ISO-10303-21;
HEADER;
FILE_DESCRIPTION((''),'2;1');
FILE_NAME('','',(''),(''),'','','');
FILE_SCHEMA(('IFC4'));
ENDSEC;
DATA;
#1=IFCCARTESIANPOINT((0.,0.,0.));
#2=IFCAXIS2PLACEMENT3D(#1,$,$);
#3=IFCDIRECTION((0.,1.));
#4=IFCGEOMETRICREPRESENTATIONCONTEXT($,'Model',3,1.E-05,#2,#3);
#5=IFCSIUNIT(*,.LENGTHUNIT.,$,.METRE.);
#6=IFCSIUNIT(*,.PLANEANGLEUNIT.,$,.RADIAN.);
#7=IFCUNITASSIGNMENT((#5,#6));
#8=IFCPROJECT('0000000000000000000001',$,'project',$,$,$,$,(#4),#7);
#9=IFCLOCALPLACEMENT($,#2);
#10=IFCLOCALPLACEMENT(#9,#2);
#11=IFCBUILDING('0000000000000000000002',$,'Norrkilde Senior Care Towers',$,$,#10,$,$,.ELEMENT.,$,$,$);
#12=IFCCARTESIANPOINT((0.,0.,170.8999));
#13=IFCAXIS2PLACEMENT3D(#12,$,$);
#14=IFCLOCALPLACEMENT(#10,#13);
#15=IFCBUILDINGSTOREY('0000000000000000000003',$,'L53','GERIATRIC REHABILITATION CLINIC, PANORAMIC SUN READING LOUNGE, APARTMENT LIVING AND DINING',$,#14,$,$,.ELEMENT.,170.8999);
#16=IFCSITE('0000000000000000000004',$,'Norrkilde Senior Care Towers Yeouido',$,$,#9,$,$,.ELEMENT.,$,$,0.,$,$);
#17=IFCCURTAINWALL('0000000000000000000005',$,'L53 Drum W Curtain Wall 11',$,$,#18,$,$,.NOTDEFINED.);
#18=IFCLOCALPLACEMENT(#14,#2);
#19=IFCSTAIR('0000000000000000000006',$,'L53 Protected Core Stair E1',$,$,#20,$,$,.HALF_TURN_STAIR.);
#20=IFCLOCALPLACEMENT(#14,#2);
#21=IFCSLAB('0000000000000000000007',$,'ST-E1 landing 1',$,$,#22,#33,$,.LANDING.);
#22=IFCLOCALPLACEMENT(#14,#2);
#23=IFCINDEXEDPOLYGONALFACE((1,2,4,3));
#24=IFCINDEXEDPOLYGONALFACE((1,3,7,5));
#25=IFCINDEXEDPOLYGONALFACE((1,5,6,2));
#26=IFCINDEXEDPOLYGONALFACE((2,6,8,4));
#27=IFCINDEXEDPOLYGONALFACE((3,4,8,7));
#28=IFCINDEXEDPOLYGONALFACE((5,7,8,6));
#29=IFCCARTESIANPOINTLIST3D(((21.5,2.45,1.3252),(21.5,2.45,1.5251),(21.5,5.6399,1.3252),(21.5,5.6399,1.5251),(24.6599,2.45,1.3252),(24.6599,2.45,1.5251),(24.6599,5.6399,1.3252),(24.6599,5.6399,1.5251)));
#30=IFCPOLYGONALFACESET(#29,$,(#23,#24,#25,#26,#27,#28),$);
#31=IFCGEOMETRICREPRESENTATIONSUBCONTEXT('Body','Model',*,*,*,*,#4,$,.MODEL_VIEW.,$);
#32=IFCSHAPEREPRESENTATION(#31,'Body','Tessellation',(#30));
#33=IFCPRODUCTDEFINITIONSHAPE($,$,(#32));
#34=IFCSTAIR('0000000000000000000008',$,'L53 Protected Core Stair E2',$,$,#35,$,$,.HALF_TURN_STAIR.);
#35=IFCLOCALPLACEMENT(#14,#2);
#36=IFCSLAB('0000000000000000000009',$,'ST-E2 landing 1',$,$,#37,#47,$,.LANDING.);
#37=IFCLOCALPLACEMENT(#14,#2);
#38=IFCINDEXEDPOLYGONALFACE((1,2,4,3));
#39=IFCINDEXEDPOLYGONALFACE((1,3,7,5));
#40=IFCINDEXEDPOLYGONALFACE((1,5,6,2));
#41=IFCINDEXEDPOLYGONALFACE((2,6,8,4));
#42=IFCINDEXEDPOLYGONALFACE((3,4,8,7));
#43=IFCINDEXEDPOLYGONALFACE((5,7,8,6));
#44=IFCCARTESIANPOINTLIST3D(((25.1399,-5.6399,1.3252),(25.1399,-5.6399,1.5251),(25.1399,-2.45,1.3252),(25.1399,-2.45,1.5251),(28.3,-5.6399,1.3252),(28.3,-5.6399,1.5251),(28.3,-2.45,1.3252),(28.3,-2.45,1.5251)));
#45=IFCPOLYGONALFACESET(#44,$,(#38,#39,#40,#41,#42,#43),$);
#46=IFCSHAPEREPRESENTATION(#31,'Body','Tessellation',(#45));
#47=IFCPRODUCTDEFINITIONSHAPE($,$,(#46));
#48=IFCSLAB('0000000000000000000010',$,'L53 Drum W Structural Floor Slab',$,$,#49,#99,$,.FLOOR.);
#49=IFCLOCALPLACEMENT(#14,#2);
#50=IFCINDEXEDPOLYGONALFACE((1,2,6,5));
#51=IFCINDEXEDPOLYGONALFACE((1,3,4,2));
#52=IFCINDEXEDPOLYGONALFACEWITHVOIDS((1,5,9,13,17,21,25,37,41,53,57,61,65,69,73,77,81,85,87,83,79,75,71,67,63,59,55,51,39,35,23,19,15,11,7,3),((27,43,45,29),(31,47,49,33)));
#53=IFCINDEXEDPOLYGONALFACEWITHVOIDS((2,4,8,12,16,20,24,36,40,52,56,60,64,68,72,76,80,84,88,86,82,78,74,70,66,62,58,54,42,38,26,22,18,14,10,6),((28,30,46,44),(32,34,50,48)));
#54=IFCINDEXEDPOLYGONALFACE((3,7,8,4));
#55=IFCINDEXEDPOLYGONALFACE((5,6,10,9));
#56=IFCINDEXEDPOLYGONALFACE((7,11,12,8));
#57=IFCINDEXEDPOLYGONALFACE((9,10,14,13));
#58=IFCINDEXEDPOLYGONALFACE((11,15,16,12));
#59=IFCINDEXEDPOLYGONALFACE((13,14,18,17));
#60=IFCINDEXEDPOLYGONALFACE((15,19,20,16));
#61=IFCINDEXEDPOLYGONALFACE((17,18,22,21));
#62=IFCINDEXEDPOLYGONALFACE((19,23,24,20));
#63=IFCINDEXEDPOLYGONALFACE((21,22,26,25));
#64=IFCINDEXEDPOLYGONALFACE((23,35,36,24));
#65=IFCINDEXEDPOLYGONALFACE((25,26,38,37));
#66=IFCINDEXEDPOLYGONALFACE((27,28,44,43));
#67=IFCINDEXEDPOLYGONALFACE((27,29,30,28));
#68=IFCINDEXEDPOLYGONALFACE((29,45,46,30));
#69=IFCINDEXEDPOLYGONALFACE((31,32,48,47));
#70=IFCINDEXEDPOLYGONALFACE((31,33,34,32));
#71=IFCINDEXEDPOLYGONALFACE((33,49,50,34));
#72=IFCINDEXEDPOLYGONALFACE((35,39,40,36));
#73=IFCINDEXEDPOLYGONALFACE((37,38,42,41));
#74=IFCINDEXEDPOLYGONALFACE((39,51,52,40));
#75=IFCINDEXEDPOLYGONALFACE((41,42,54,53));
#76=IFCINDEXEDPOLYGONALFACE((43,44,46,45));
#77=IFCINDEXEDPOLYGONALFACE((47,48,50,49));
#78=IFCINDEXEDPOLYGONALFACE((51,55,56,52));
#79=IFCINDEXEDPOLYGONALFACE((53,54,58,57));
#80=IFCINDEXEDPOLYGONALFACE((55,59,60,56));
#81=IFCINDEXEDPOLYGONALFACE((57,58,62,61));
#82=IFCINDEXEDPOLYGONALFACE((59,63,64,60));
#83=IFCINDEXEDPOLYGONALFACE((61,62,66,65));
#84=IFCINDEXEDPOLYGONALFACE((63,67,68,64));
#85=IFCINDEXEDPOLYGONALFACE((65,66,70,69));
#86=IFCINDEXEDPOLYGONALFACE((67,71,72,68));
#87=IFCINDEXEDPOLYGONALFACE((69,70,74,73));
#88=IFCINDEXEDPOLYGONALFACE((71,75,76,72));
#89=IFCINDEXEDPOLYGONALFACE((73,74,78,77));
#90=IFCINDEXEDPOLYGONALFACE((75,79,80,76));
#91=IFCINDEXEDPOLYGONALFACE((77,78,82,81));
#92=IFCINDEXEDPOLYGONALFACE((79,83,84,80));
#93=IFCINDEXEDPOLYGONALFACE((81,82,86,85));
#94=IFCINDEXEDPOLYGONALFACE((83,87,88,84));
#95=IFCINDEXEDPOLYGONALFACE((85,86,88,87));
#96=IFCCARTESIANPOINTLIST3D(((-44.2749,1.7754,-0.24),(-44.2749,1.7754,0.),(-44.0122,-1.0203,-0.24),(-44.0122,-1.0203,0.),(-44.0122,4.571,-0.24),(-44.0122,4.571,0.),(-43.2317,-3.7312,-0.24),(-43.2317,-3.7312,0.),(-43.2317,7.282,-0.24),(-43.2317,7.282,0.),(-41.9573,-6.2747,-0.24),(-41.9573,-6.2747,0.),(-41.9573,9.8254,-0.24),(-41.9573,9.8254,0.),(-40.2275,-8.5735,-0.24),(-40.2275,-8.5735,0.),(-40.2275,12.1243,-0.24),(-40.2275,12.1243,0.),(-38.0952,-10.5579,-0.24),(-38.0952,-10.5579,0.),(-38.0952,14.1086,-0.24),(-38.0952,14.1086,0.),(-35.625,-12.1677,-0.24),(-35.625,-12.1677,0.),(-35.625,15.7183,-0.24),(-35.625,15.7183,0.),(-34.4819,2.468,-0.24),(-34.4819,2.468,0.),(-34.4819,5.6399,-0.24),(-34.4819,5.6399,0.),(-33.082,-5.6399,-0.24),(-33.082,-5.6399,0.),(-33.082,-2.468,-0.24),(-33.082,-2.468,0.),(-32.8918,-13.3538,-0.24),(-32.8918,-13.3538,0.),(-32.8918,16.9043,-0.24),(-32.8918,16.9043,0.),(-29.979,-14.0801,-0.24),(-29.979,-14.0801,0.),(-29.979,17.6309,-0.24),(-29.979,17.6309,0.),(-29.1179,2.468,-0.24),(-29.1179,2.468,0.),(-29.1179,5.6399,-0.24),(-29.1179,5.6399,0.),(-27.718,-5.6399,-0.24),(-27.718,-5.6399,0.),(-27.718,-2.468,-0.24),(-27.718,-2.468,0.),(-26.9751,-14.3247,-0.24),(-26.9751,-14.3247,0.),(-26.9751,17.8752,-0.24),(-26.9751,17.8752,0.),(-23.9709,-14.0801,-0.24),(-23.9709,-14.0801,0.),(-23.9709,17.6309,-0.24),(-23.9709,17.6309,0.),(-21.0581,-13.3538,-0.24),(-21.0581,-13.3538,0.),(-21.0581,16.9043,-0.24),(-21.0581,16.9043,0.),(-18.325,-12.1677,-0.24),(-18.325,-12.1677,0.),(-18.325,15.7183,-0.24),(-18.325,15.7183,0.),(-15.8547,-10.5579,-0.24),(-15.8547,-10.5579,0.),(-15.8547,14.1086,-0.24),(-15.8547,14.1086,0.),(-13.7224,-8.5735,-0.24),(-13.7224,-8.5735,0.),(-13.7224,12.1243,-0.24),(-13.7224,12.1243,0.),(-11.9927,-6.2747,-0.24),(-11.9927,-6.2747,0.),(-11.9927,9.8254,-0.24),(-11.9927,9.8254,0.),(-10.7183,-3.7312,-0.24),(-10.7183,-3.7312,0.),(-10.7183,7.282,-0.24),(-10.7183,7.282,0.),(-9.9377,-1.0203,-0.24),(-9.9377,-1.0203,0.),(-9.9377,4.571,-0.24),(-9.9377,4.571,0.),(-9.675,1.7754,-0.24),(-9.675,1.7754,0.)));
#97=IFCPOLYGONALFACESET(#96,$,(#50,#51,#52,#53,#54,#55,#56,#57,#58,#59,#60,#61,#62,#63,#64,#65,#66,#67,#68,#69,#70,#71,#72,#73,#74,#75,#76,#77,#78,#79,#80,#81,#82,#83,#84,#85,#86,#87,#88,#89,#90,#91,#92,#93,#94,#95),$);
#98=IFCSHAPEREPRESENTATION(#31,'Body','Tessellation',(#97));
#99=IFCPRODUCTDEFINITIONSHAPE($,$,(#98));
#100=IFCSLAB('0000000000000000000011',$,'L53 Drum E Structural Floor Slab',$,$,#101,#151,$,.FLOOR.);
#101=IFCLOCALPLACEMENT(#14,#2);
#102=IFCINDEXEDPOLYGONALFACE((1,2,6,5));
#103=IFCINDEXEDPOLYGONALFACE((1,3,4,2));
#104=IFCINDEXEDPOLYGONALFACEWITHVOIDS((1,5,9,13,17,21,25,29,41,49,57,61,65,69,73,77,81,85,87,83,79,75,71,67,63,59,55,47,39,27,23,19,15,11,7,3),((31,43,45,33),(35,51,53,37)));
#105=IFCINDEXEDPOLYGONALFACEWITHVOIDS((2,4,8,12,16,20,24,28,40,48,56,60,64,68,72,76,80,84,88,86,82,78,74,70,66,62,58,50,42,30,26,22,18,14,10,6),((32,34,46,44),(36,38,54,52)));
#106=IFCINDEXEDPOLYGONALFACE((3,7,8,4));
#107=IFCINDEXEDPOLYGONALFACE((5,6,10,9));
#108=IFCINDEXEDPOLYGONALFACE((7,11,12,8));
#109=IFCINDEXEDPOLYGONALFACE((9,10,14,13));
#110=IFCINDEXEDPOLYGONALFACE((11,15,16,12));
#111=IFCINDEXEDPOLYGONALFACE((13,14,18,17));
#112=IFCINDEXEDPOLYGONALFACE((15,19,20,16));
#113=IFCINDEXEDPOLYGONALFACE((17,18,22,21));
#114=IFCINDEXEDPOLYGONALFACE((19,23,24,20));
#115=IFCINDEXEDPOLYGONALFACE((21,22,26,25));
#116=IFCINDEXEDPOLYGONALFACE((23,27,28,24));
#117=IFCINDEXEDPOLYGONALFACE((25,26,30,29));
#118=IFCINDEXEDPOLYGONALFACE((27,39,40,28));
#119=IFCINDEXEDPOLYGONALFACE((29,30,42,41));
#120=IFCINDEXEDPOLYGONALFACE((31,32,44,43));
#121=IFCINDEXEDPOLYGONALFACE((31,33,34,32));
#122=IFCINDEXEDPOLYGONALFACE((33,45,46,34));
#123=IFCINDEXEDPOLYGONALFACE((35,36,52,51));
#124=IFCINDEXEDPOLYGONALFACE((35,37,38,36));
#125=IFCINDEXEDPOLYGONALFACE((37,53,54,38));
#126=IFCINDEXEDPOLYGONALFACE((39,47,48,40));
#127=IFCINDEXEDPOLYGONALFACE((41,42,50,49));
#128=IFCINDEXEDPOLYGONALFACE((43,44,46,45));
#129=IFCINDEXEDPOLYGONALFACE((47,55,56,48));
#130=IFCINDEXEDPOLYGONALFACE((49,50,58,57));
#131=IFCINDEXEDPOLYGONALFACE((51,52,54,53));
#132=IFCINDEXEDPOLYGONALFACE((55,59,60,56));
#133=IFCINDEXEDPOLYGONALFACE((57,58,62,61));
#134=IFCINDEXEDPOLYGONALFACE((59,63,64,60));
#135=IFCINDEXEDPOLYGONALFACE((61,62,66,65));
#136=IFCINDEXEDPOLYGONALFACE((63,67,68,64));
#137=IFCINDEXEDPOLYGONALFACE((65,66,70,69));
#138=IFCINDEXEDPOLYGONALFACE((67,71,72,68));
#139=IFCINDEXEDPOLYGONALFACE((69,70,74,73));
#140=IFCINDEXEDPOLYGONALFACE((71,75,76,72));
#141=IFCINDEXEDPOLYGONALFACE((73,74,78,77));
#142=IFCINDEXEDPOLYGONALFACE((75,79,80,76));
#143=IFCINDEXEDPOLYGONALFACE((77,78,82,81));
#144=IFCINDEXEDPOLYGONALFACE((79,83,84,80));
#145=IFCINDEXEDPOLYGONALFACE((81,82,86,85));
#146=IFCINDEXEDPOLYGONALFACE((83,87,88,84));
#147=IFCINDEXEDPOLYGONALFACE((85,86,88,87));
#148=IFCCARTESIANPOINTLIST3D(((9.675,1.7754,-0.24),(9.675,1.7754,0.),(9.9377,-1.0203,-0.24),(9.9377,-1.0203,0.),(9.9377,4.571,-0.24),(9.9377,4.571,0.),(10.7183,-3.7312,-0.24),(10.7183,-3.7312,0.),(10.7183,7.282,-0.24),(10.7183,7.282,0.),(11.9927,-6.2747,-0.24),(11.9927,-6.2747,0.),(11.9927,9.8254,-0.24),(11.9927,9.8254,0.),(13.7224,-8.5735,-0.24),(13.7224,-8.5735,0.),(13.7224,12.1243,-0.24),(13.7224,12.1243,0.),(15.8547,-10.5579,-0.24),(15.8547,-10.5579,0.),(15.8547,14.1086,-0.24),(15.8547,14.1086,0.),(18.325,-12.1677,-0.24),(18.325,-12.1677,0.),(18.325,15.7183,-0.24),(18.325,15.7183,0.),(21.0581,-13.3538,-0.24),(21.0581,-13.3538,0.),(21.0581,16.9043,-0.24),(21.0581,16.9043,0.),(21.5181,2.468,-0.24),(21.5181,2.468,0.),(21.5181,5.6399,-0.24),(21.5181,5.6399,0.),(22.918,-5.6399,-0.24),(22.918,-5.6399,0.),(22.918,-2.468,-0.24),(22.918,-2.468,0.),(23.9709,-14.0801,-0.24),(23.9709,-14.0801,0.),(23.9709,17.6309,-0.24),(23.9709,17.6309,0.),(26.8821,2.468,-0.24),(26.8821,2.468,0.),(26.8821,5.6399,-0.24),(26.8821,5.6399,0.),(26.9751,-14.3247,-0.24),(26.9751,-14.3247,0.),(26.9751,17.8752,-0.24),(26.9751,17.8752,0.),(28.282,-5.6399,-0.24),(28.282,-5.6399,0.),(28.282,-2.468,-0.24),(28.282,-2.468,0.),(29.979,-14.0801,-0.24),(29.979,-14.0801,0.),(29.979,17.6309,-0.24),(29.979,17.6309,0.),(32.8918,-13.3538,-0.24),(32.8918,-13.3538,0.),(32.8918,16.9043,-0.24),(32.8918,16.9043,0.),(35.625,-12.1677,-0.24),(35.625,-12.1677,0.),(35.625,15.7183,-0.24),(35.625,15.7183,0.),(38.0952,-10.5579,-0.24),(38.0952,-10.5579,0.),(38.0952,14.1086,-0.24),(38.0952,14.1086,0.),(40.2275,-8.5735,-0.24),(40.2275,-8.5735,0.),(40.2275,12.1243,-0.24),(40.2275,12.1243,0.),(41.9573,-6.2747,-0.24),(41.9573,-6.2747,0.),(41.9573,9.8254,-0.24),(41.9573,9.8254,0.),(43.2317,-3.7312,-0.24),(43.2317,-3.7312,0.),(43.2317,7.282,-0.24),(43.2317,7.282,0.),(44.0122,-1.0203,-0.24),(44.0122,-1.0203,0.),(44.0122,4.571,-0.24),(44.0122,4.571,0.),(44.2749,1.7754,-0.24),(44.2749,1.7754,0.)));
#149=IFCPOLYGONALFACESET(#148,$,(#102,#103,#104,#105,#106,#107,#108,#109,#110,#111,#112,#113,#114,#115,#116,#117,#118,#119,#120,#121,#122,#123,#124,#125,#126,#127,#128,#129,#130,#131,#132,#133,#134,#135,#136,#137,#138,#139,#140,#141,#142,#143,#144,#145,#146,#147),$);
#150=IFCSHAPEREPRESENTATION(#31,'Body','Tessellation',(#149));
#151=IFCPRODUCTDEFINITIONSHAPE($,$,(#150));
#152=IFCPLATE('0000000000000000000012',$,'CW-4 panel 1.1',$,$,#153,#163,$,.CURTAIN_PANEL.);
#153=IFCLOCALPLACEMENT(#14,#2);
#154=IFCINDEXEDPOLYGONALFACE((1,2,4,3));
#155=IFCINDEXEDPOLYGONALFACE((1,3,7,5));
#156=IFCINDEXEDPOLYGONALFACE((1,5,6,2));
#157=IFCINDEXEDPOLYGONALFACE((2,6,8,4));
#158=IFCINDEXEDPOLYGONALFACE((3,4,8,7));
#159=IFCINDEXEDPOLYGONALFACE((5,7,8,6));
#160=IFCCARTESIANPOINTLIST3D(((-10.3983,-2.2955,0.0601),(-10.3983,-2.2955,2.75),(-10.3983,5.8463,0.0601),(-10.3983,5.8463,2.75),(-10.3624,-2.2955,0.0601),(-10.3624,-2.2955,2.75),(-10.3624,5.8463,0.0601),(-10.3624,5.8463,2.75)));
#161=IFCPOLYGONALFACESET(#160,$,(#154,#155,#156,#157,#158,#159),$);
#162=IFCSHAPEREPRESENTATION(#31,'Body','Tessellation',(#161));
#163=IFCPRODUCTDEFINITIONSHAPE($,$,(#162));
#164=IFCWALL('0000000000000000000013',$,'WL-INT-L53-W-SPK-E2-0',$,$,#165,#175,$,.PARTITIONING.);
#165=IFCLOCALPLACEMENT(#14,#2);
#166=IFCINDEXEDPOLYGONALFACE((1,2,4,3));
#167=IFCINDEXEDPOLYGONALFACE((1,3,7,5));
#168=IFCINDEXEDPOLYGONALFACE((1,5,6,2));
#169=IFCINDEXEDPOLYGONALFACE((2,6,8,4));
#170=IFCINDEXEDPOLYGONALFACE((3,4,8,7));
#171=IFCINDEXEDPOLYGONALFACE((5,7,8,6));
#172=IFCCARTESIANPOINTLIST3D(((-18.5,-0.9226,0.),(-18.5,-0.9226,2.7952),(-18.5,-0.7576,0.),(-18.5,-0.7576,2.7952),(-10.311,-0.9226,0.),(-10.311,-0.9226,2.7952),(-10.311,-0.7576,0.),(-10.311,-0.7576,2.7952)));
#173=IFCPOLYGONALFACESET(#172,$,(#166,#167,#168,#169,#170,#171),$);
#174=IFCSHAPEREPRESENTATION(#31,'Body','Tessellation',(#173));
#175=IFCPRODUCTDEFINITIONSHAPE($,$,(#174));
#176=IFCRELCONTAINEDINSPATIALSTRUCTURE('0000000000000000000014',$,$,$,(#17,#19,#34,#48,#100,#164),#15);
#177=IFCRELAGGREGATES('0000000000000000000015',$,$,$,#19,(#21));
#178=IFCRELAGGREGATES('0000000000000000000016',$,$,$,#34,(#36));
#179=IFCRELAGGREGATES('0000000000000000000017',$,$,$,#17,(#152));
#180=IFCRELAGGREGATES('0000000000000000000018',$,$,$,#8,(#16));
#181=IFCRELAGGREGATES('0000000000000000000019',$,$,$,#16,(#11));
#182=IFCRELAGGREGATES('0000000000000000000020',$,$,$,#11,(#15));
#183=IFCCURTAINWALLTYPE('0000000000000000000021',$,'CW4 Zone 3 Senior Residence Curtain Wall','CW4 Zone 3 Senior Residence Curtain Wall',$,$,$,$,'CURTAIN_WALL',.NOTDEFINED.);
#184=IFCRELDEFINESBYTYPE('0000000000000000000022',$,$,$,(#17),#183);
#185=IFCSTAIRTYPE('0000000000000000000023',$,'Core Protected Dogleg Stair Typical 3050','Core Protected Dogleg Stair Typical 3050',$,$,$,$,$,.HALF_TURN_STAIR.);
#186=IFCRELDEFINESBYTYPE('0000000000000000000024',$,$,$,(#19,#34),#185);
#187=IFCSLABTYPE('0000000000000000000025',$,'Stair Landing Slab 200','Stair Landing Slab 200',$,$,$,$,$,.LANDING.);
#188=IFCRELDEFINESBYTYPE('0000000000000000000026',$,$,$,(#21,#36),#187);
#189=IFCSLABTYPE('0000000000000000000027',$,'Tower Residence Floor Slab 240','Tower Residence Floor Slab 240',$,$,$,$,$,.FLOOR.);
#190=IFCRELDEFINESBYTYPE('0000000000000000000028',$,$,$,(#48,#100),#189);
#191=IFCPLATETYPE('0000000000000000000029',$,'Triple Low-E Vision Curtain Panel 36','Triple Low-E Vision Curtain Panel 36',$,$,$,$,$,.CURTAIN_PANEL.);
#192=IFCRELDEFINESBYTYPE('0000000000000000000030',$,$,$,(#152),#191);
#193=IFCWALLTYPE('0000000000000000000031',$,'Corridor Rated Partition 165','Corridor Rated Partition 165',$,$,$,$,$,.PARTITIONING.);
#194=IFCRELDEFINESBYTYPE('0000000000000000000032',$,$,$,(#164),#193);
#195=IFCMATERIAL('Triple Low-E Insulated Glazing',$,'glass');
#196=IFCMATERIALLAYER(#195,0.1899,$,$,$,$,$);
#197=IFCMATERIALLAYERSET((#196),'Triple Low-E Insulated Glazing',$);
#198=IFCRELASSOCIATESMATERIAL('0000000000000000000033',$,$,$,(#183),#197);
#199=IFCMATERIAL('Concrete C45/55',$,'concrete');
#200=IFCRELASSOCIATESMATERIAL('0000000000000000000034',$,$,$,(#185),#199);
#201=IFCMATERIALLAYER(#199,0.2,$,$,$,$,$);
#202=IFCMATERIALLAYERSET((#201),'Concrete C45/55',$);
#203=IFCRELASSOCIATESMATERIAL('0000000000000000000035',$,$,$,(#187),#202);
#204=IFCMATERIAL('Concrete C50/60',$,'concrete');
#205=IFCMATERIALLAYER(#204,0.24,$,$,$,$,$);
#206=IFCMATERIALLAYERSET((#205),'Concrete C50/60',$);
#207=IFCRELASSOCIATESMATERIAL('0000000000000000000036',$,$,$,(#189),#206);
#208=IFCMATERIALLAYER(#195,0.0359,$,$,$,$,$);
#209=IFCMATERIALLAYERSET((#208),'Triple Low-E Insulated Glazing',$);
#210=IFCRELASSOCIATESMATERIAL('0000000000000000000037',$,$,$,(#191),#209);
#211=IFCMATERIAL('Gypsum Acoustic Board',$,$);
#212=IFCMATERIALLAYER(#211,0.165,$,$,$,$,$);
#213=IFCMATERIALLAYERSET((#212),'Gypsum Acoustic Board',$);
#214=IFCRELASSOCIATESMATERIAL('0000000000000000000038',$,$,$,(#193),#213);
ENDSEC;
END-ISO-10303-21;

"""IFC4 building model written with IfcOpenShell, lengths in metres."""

from ifc_helpers import new_model, si_unit, direction, frame, frame_2d, origin, origin_2d, place, context, subcontext, project, spatial, polyline, rectangle, outline, extrude, source, transform, mapped, material, layer, layer_set, type_object, type_shapes, element, aggregate, save


model = new_model("IFC4")

# Units and contexts
model_context = context("Model", 3, precision=1e-05, world=origin(), true_north=direction((0.0, 1.0)))
body_context = subcontext(model_context, "Body", "Model", "MODEL_VIEW")
ifc_project = project(units=[si_unit("LENGTHUNIT", "METRE"), si_unit("PLANEANGLEUNIT", "RADIAN")], contexts=[model_context])

# Site, building, storey
site_placement = place(None, origin())
site = spatial("IfcSite", under=ifc_project, at=site_placement, Name="Norrkilde Senior Care Towers Yeouido", CompositionType="ELEMENT", RefElevation=0.0)
building_placement = place(site_placement, origin())
building = spatial("IfcBuilding", under=site, at=building_placement, Name="Norrkilde Senior Care Towers", CompositionType="ELEMENT")
storey_placement = place(building_placement, frame((0.0, 0.0, 170.8999)))
storey = spatial("IfcBuildingStorey", under=building, at=storey_placement, Name="L53", Description="GERIATRIC REHABILITATION CLINIC, PANORAMIC SUN READING LOUNGE, APARTMENT LIVING AND DINING", CompositionType="ELEMENT", Elevation=170.8999)

# Shared definitions
ifc_material_1 = material(Name="Concrete C50/60", Category="concrete")

# Shared definitions
ifc_material_2 = material(Name="Triple Low-E Insulated Glazing", Category="glass")
ifc_layer_1 = layer(ifc_material_2, 0.1899)
ifc_layer_set_1 = layer_set([ifc_layer_1], Name="Triple Low-E Insulated Glazing")
curtain_wall_type = type_object("IfcCurtainWallType", Name="CW4 Zone 3 Senior Residence Curtain Wall", Description="CW4 Zone 3 Senior Residence Curtain Wall", ElementType="CURTAIN_WALL", PredefinedType="NOTDEFINED", material=ifc_layer_set_1)

# Curtain wall
curtain_wall_1_placement = place(storey_placement, origin())
curtain_wall_1 = element("IfcCurtainWall", 1, at=curtain_wall_1_placement, inside=storey, type_object=curtain_wall_type, Name="L53 Drum W Curtain Wall 11", PredefinedType="NOTDEFINED")

# Stairs, slabs
ifc_material_3 = material(Name="Concrete C45/55", Category="concrete")
stair_type = type_object("IfcStairType", Name="Core Protected Dogleg Stair Typical 3050", Description="Core Protected Dogleg Stair Typical 3050", PredefinedType="HALF_TURN_STAIR", material=ifc_material_3)
ifc_layer_2 = layer(ifc_material_3, 0.2)
ifc_layer_set_2 = layer_set([ifc_layer_2], Name="Concrete C45/55")
slab_type_1 = type_object("IfcSlabType", Name="Stair Landing Slab 200", Description="Stair Landing Slab 200", PredefinedType="LANDING", material=ifc_layer_set_2)
stair_1_placement = place(storey_placement, origin())
stair_1 = element("IfcStair", 2, at=stair_1_placement, inside=storey, type_object=stair_type, Name="L53 Protected Core Stair E1", PredefinedType="HALF_TURN_STAIR")
slab_1_placement = place(storey_placement, frame((0.0, 0.0, 1.3252)))
slab_1 = element("IfcSlab", 3, at=slab_1_placement, type_object=slab_type_1, Name="ST-E1 landing 1", PredefinedType="LANDING", context=body_context, shape_type="SweptSolid", body=[
    extrude(outline(polyline([(24.6599, 5.6399), (21.5, 5.6399), (21.5, 2.45), (24.6599, 2.45), (24.6599, 5.6399)])), origin(), (0.0, 0.0, 1.0), 0.2),
])
aggregate(stair_1, [slab_1])
stair_2_placement = place(storey_placement, origin())
stair_2 = element("IfcStair", 4, at=stair_2_placement, inside=storey, type_object=stair_type, Name="L53 Protected Core Stair E2", PredefinedType="HALF_TURN_STAIR")
slab_2_placement = place(storey_placement, frame((0.0, 0.0, 1.3252)))
slab_2 = element("IfcSlab", 5, at=slab_2_placement, type_object=slab_type_1, Name="ST-E2 landing 1", PredefinedType="LANDING", context=body_context, shape_type="SweptSolid", body=[
    extrude(outline(polyline([(25.1399, -5.6399), (28.3, -5.6399), (28.3, -2.45), (25.1399, -2.45), (25.1399, -5.6399)])), origin(), (0.0, 0.0, 1.0), 0.2),
])
aggregate(stair_2, [slab_2])

# Slabs
ifc_layer_3 = layer(ifc_material_1, 0.24)
ifc_layer_set_3 = layer_set([ifc_layer_3], Name="Concrete C50/60")
slab_type_2 = type_object("IfcSlabType", Name="Tower Residence Floor Slab 240", Description="Tower Residence Floor Slab 240", PredefinedType="FLOOR", material=ifc_layer_set_3)
slab_3_placement = place(storey_placement, frame((0.0, 0.0, -0.24)))
element("IfcSlab", 6, at=slab_3_placement, inside=storey, type_object=slab_type_2, Name="L53 Drum W Structural Floor Slab", PredefinedType="FLOOR", context=body_context, shape_type="SweptSolid", body=[
    extrude(outline(polyline([(-10.7183, -3.7312), (-11.9927, -6.2747), (-13.7224, -8.5735), (-15.8547, -10.5579), (-18.325, -12.1677), (-21.0581, -13.3538), (-23.9709, -14.0801), (-26.9751, -14.3247), (-29.979, -14.0801), (-32.8918, -13.3538), (-35.625, -12.1677), (-38.0952, -10.5579), (-40.2275, -8.5735), (-41.9573, -6.2747), (-43.2317, -3.7312), (-44.0122, -1.0203), (-44.2749, 1.7754), (-44.0122, 4.571), (-43.2317, 7.282), (-41.9573, 9.8254), (-40.2275, 12.1243), (-38.0952, 14.1086), (-35.625, 15.7183), (-32.8918, 16.9043), (-29.979, 17.6309), (-26.9751, 17.8752), (-23.9709, 17.6309), (-21.0581, 16.9043), (-18.325, 15.7183), (-15.8547, 14.1086), (-13.7224, 12.1243), (-11.9927, 9.8254), (-10.7183, 7.282), (-9.9377, 4.571), (-9.675, 1.7754), (-9.9377, -1.0203), (-10.7183, -3.7312)]), holes=[polyline([(-34.4819, 2.468), (-29.1179, 2.468), (-29.1179, 5.6399), (-34.4819, 5.6399), (-34.4819, 2.468)]), polyline([(-27.718, -5.6399), (-27.718, -2.468), (-33.082, -2.468), (-33.082, -5.6399), (-27.718, -5.6399)])]), origin(), (0.0, 0.0, 1.0), 0.24),
])
slab_4_placement = place(storey_placement, frame((0.0, 0.0, -0.24)))
element("IfcSlab", 7, at=slab_4_placement, inside=storey, type_object=slab_type_2, Name="L53 Drum E Structural Floor Slab", PredefinedType="FLOOR", context=body_context, shape_type="SweptSolid", body=[
    extrude(outline(polyline([(43.2317, -3.7312), (41.9573, -6.2747), (40.2275, -8.5735), (38.0952, -10.5579), (35.625, -12.1677), (32.8918, -13.3538), (29.979, -14.0801), (26.9751, -14.3247), (23.9709, -14.0801), (21.0581, -13.3538), (18.325, -12.1677), (15.8547, -10.5579), (13.7224, -8.5735), (11.9927, -6.2747), (10.7183, -3.7312), (9.9377, -1.0203), (9.675, 1.7754), (9.9377, 4.571), (10.7183, 7.282), (11.9927, 9.8254), (13.7224, 12.1243), (15.8547, 14.1086), (18.325, 15.7183), (21.0581, 16.9043), (23.9709, 17.6309), (26.9751, 17.8752), (29.979, 17.6309), (32.8918, 16.9043), (35.625, 15.7183), (38.0952, 14.1086), (40.2275, 12.1243), (41.9573, 9.8254), (43.2317, 7.282), (44.0122, 4.571), (44.2749, 1.7754), (44.0122, -1.0203), (43.2317, -3.7312)]), holes=[polyline([(21.5181, 2.468), (26.8821, 2.468), (26.8821, 5.6399), (21.5181, 5.6399), (21.5181, 2.468)]), polyline([(28.282, -5.6399), (28.282, -2.468), (22.918, -2.468), (22.918, -5.6399), (28.282, -5.6399)])]), origin(), (0.0, 0.0, 1.0), 0.24),
])

# Plate
ifc_layer_4 = layer(ifc_material_2, 0.0359)
ifc_layer_set_4 = layer_set([ifc_layer_4], Name="Triple Low-E Insulated Glazing")
plate_type = type_object("IfcPlateType", Name="Triple Low-E Vision Curtain Panel 36", Description="Triple Low-E Vision Curtain Panel 36", PredefinedType="CURTAIN_PANEL", material=ifc_layer_set_4)
shared_shape_1 = source(origin(), body_context, "Body", "SweptSolid", [
    extrude(rectangle(XDim=8.1418, YDim=0.0359, at=origin_2d()), origin(), (0.0, 0.0, 1.0), 2.6899),
])
type_shapes(plate_type, [shared_shape_1])
plate_placement = place(storey_placement, frame((-10.3804, 1.7754, 0.0601), z_axis=(0.0, 0.0, 1.0), x_axis=(0.0, -1.0, 0.0)))
plate = element("IfcPlate", 8, at=plate_placement, type_object=plate_type, Name="CW-4 panel 1.1", PredefinedType="CURTAIN_PANEL", context=body_context, shape_type="MappedRepresentation", body=[
    mapped(shared_shape_1, transform((0.0, 0.0, 0.0), x_axis=(1.0, 0.0, 0.0), y_axis=(0.0, 1.0, 0.0), z_axis=(0.0, 0.0, 1.0), scale=1.0)),
])
aggregate(curtain_wall_1, [plate])

# Wall
ifc_material_4 = material(Name="Gypsum Acoustic Board")
ifc_layer_5 = layer(ifc_material_4, 0.165)
ifc_layer_set_5 = layer_set([ifc_layer_5], Name="Gypsum Acoustic Board")
wall_type = type_object("IfcWallType", Name="Corridor Rated Partition 165", Description="Corridor Rated Partition 165", PredefinedType="PARTITIONING", material=ifc_layer_set_5)
shared_shape_2 = source(origin(), body_context, "Body", "SweptSolid", [
    extrude(rectangle(XDim=8.189, YDim=0.165, at=frame_2d((4.0945, 0.0))), origin(), (0.0, 0.0, 1.0), 2.7952),
])
type_shapes(wall_type, [shared_shape_2])
wall_1_placement = place(storey_placement, frame((-10.311, -0.8401, 0.0), z_axis=(0.0, 0.0, 1.0), x_axis=(-1.0, 0.0, 0.0)))
element("IfcWall", 9, at=wall_1_placement, inside=storey, type_object=wall_type, Name="WL-INT-L53-W-SPK-E2-0", PredefinedType="PARTITIONING", context=body_context, shape_type="MappedRepresentation", body=[
    mapped(shared_shape_2, transform((0.0, 0.0, 0.0), x_axis=(1.0, 0.0, 0.0), y_axis=(0.0, 1.0, 0.0), z_axis=(0.0, 0.0, 1.0), scale=1.0)),
])

save(model, "model.ifc")
